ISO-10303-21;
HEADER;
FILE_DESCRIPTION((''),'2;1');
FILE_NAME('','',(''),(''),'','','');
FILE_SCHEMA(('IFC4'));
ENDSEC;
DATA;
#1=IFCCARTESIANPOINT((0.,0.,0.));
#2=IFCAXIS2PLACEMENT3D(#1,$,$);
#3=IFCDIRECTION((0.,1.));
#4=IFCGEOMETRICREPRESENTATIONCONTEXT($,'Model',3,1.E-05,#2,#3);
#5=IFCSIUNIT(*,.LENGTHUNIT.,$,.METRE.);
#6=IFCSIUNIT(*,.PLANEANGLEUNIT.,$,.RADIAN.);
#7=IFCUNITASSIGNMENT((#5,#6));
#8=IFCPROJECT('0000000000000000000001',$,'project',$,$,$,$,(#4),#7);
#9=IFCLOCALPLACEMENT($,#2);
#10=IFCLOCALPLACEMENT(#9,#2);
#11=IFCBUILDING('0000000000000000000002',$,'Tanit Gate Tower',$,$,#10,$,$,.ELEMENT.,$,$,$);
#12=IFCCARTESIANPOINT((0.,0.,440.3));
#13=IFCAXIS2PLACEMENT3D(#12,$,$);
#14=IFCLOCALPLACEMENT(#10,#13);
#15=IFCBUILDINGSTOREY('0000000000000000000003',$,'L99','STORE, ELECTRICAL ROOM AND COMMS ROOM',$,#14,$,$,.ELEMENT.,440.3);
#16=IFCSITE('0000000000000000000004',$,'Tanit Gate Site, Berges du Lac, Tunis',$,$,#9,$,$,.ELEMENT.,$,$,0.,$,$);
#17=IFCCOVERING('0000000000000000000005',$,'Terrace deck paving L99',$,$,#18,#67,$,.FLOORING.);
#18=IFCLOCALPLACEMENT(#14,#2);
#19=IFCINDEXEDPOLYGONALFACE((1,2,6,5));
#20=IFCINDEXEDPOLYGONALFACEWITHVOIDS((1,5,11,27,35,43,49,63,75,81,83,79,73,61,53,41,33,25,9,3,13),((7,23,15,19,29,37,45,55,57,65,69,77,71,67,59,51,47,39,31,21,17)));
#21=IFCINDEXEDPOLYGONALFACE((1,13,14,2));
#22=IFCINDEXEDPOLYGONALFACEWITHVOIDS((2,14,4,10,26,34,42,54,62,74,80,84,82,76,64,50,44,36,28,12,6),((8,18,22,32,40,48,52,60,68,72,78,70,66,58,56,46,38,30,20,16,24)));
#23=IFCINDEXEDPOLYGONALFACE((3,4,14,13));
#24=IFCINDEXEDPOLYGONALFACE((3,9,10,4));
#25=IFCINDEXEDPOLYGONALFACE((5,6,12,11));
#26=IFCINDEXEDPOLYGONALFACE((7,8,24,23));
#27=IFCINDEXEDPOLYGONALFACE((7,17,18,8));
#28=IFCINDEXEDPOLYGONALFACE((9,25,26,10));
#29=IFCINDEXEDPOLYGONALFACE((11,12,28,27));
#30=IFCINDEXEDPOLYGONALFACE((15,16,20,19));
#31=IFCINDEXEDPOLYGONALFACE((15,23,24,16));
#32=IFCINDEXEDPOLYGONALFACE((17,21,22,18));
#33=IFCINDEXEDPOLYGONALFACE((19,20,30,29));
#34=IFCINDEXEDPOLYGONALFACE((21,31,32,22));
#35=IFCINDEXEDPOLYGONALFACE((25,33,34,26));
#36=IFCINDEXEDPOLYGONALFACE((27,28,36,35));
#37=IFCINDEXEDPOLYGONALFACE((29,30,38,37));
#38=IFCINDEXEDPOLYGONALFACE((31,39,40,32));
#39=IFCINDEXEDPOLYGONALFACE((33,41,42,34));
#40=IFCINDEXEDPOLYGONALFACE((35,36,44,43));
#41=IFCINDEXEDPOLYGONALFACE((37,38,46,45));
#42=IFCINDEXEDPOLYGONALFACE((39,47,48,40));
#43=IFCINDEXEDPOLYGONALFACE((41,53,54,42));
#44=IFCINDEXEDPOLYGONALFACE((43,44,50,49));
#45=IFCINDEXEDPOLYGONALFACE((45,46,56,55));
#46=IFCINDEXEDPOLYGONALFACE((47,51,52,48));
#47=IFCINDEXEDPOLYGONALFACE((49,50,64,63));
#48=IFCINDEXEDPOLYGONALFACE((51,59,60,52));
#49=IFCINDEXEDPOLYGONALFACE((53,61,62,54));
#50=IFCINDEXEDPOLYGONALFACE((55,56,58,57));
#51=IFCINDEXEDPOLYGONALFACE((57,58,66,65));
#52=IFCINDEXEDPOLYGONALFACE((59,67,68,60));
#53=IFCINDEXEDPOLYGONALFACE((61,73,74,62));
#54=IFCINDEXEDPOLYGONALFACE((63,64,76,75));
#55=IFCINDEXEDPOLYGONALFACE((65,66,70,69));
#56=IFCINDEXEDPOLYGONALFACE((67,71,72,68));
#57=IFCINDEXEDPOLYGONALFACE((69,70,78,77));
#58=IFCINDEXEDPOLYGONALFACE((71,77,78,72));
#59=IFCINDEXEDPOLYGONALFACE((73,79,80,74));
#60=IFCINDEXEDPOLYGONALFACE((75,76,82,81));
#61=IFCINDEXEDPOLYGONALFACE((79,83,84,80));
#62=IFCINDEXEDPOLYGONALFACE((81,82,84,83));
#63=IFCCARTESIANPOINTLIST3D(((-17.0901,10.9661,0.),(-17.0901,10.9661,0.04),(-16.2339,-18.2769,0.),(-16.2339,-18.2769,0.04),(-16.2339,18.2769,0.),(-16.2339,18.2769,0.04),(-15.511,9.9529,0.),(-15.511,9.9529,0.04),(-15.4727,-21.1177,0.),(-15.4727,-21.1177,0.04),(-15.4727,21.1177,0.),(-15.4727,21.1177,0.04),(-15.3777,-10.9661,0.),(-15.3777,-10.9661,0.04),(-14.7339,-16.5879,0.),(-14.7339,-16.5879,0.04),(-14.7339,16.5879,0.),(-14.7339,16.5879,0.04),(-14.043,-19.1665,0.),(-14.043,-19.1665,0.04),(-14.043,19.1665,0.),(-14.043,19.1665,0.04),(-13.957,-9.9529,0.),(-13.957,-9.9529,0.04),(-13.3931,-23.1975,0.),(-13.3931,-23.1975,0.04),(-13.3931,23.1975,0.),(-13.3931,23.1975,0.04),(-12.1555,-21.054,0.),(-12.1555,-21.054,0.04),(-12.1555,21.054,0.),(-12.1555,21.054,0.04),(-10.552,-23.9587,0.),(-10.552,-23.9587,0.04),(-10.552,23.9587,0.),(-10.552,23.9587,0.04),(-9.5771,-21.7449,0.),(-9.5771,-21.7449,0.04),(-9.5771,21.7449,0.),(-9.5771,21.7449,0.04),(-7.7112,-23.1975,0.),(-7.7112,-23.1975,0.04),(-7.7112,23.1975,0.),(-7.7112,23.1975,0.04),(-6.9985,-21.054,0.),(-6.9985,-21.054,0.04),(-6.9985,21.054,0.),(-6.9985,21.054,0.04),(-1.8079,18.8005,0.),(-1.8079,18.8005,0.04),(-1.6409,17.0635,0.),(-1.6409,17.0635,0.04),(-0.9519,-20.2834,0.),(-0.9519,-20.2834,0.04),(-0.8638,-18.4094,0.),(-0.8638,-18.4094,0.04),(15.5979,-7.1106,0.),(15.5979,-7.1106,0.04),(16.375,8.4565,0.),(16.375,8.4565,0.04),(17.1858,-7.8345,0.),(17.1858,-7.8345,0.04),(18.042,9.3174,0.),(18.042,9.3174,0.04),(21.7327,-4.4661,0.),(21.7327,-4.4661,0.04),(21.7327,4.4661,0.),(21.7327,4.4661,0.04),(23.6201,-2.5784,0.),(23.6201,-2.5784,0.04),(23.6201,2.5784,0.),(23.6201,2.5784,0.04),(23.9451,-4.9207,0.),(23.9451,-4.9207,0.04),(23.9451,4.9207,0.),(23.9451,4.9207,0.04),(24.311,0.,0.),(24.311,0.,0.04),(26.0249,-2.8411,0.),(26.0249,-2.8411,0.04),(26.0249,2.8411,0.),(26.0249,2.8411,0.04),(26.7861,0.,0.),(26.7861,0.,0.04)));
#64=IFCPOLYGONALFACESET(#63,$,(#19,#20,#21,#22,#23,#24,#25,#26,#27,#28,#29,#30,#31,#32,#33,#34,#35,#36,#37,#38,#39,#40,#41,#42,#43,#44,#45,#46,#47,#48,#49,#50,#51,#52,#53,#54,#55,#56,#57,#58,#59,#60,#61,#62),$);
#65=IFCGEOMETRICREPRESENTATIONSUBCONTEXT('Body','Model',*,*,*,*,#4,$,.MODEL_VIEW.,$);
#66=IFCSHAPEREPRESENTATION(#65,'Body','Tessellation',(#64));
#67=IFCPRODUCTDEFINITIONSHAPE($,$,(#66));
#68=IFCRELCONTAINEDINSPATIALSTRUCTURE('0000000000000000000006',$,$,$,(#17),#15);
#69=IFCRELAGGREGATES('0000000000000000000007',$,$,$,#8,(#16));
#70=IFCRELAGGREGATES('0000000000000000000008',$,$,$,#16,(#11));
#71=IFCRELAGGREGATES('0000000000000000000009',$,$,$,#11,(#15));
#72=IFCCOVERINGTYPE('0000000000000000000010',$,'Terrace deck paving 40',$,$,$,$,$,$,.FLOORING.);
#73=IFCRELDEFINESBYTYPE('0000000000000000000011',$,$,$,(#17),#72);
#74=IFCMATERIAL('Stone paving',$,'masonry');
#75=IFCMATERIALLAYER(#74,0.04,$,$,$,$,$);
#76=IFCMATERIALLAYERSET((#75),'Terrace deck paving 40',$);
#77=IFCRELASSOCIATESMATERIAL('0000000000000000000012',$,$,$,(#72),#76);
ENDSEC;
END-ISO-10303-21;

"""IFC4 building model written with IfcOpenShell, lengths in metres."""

from ifc_helpers import new_model, si_unit, direction, frame, origin, place, context, subcontext, project, spatial, polyline, outline, extrude, material, layer, layer_set, type_object, element, save


model = new_model("IFC4")

# Units and contexts
model_context = context("Model", 3, precision=1e-05, world=origin(), true_north=direction((0.0, 1.0)))
body_context = subcontext(model_context, "Body", "Model", "MODEL_VIEW")
ifc_project = project(units=[si_unit("LENGTHUNIT", "METRE"), si_unit("PLANEANGLEUNIT", "RADIAN")], contexts=[model_context])

# Site, building, storey
site_placement = place(None, origin())
site = spatial("IfcSite", under=ifc_project, at=site_placement, Name="Tanit Gate Site, Berges du Lac, Tunis", CompositionType="ELEMENT", RefElevation=0.0)
building_placement = place(site_placement, origin())
building = spatial("IfcBuilding", under=site, at=building_placement, Name="Tanit Gate Tower", CompositionType="ELEMENT")
storey_placement = place(building_placement, frame((0.0, 0.0, 440.3)))
storey = spatial("IfcBuildingStorey", under=building, at=storey_placement, Name="L99", Description="STORE, ELECTRICAL ROOM AND COMMS ROOM", CompositionType="ELEMENT", Elevation=440.3)

# Covering
ifc_material_1 = material(Name="Stone paving", Category="masonry")
ifc_layer_1 = layer(ifc_material_1, 0.04)
ifc_layer_set_1 = layer_set([ifc_layer_1], Name="Terrace deck paving 40")
covering_type = type_object("IfcCoveringType", Name="Terrace deck paving 40", PredefinedType="FLOORING", material=ifc_layer_set_1)
covering_placement = place(storey_placement, origin())
element("IfcCovering", 1, at=covering_placement, inside=storey, type_object=covering_type, Name="Terrace deck paving L99", PredefinedType="FLOORING", context=body_context, shape_type="SweptSolid", body=[
    extrude(outline(polyline([(26.0249, 2.8411), (26.7861, 0.0), (26.0249, -2.8411), (23.9451, -4.9207), (17.1858, -7.8345), (-0.9519, -20.2834), (-7.7112, -23.1975), (-10.552, -23.9587), (-13.3931, -23.1975), (-15.4727, -21.1177), (-16.2339, -18.2769), (-15.3777, -10.9661), (-17.0901, 10.9661), (-16.2339, 18.2769), (-15.4727, 21.1177), (-13.3931, 23.1975), (-10.552, 23.9587), (-7.7112, 23.1975), (-1.8079, 18.8005), (18.042, 9.3174), (23.9451, 4.9207), (26.0249, 2.8411)]), holes=[polyline([(16.375, 8.4565), (-1.6409, 17.0635), (-6.9985, 21.054), (-9.5771, 21.7449), (-12.1555, 21.054), (-14.043, 19.1665), (-14.7339, 16.5879), (-15.511, 9.9529), (-13.957, -9.9529), (-14.7339, -16.5879), (-14.043, -19.1665), (-12.1555, -21.054), (-9.5771, -21.7449), (-6.9985, -21.054), (-0.8638, -18.4094), (15.5979, -7.1106), (21.7327, -4.4661), (23.6201, -2.5784), (24.311, 0.0), (23.6201, 2.5784), (21.7327, 4.4661), (16.375, 8.4565)])]), origin(), (0.0, 0.0, 1.0), 0.04),
])

save(model, "model.ifc")
